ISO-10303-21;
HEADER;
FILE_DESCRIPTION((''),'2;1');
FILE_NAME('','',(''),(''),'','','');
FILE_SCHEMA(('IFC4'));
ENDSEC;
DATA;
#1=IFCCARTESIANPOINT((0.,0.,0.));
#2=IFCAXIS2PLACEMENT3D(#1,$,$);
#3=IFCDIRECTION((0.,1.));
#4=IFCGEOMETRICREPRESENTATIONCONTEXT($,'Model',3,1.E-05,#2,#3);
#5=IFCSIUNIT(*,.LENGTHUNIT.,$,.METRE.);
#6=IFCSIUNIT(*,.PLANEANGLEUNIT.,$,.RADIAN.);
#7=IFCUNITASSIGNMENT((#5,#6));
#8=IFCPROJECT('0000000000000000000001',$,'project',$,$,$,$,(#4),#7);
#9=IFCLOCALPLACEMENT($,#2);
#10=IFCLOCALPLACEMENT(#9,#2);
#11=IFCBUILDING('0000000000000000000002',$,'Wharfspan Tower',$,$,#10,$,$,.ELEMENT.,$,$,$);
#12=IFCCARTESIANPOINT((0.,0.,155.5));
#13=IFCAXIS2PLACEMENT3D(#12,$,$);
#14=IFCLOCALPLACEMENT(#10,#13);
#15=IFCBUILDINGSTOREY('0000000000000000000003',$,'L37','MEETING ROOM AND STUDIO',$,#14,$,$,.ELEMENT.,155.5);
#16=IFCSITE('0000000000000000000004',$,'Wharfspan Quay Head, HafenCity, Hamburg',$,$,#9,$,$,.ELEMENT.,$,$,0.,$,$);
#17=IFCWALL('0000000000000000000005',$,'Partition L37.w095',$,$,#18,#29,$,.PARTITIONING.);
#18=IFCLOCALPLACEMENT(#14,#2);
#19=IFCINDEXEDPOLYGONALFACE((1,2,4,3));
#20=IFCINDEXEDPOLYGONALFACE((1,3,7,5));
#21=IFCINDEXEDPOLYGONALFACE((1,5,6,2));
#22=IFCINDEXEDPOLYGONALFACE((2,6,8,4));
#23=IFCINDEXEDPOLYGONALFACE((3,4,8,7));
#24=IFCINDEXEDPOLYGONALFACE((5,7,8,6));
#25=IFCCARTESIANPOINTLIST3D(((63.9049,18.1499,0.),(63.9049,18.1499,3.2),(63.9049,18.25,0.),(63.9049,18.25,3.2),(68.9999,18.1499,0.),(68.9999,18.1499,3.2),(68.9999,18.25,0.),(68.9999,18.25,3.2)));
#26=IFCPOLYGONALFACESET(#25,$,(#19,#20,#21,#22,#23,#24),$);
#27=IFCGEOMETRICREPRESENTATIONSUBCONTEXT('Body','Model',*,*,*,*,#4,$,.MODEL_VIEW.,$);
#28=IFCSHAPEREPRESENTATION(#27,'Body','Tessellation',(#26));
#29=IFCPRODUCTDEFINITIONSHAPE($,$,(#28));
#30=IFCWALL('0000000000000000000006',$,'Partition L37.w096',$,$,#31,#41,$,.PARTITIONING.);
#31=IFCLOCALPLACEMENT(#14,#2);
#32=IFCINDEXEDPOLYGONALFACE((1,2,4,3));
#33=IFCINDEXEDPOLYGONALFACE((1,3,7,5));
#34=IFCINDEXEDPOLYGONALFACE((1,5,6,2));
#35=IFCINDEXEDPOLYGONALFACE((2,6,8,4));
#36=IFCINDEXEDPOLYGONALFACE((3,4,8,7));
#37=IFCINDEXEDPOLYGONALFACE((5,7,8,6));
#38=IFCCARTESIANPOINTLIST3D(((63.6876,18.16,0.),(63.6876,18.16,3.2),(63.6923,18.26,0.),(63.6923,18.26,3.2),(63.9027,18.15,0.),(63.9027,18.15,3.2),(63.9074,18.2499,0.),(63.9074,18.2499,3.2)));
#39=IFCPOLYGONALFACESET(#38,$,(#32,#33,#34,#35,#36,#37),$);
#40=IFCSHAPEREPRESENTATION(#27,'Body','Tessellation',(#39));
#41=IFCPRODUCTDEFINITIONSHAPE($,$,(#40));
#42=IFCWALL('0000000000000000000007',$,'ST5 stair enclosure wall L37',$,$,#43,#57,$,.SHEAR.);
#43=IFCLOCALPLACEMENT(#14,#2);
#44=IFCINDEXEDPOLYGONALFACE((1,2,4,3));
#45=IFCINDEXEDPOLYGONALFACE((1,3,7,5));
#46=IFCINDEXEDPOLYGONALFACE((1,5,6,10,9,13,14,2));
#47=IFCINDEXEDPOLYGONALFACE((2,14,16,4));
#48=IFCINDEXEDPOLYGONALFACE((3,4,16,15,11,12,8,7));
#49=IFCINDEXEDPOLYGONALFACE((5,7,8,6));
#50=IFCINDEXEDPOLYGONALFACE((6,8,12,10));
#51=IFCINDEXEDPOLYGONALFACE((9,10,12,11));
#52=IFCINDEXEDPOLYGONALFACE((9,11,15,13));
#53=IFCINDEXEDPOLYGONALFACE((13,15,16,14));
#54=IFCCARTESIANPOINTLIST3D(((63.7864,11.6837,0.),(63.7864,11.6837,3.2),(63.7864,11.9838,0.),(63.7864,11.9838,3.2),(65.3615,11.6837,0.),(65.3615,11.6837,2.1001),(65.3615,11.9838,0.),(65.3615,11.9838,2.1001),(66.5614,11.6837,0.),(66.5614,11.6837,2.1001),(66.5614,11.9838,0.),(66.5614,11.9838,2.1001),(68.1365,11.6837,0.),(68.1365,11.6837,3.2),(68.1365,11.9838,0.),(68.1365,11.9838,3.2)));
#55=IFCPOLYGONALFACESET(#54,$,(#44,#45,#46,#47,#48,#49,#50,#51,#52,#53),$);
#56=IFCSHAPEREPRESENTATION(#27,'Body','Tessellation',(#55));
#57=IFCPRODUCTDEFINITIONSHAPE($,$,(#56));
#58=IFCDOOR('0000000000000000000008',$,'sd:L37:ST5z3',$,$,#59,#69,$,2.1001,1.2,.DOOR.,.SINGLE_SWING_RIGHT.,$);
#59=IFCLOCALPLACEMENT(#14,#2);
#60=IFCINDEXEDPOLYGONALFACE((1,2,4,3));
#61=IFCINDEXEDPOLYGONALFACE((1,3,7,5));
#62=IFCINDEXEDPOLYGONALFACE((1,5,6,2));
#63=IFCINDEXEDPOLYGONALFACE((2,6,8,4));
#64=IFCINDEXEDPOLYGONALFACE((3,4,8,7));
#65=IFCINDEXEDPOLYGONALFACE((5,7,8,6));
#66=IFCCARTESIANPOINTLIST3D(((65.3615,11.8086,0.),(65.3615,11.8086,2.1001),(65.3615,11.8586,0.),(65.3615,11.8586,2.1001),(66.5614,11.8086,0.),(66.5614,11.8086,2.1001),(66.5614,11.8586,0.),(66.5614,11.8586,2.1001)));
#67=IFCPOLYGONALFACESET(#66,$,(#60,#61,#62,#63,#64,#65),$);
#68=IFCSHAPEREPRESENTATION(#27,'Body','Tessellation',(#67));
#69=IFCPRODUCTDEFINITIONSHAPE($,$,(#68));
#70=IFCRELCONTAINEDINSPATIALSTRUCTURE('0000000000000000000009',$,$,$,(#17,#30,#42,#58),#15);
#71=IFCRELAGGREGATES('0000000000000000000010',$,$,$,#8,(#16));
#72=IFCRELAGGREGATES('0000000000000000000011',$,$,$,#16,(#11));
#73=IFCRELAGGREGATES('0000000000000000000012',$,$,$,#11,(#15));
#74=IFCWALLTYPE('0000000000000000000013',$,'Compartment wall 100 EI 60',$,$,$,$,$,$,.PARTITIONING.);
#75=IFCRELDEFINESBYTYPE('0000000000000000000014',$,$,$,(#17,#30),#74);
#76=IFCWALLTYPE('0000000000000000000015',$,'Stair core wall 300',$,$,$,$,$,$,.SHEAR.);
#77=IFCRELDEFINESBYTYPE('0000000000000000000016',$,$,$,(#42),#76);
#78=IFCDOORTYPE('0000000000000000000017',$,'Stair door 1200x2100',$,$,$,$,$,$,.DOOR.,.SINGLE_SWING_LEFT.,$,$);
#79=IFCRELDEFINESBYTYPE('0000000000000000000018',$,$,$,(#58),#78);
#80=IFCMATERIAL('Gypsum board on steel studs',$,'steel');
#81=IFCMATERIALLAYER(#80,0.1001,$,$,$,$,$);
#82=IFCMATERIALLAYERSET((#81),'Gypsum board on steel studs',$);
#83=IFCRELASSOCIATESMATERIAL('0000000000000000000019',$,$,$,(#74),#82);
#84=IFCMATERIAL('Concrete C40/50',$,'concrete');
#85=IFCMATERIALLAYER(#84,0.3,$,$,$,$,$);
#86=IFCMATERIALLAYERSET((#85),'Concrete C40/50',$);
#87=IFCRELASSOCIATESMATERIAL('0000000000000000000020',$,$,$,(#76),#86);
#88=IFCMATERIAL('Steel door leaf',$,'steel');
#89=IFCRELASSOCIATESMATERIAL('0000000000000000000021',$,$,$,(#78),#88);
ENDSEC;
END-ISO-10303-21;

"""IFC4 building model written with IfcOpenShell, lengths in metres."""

from ifc_helpers import new_model, si_unit, direction, frame, frame_2d, origin, place, context, subcontext, project, spatial, rectangle, extrude, material, layer, layer_set, type_object, element, fill, save


model = new_model("IFC4")

# Units and contexts
model_context = context("Model", 3, precision=1e-05, world=origin(), true_north=direction((0.0, 1.0)))
body_context = subcontext(model_context, "Body", "Model", "MODEL_VIEW")
ifc_project = project(units=[si_unit("LENGTHUNIT", "METRE"), si_unit("PLANEANGLEUNIT", "RADIAN")], contexts=[model_context])

# Site, building, storey
site_placement = place(None, origin())
site = spatial("IfcSite", under=ifc_project, at=site_placement, Name="Wharfspan Quay Head, HafenCity, Hamburg", CompositionType="ELEMENT", RefElevation=0.0)
building_placement = place(site_placement, origin())
building = spatial("IfcBuilding", under=site, at=building_placement, Name="Wharfspan Tower", CompositionType="ELEMENT")
storey_placement = place(building_placement, frame((0.0, 0.0, 155.5)))
storey = spatial("IfcBuildingStorey", under=building, at=storey_placement, Name="L37", Description="MEETING ROOM AND STUDIO", CompositionType="ELEMENT", Elevation=155.5)

# Walls
ifc_material_1 = material(Name="Gypsum board on steel studs", Category="steel")
ifc_layer_1 = layer(ifc_material_1, 0.1001)
ifc_layer_set_1 = layer_set([ifc_layer_1], Name="Gypsum board on steel studs")
wall_type_1 = type_object("IfcWallType", Name="Compartment wall 100 EI 60", PredefinedType="PARTITIONING", material=ifc_layer_set_1)
wall_1_placement = place(storey_placement, frame((63.905, 18.2, 0.0), z_axis=(0.0, 0.0, 1.0), x_axis=(1.0, 0.0, 0.0)))
element("IfcWall", 1, at=wall_1_placement, inside=storey, type_object=wall_type_1, Name="Partition L37.w095", PredefinedType="PARTITIONING", context=body_context, shape_type="SweptSolid", body=[
    extrude(rectangle(XDim=5.095, YDim=0.1001, at=frame_2d((2.5474, 0.0))), origin(), (0.0, 0.0, 1.0), 3.2),
])
wall_2_placement = place(storey_placement, frame((63.905, 18.2, 0.0), z_axis=(0.0, 0.0, 1.0), x_axis=(-0.998923, 0.046488, 0.0)))
element("IfcWall", 2, at=wall_2_placement, inside=storey, type_object=wall_type_1, Name="Partition L37.w096", PredefinedType="PARTITIONING", context=body_context, shape_type="SweptSolid", body=[
    extrude(rectangle(XDim=0.2153, YDim=0.1001, at=frame_2d((0.1077, 0.0))), origin(), (0.0, 0.0, 1.0), 3.2),
])

# Wall, opening, door
ifc_material_2 = material(Name="Concrete C40/50", Category="concrete")
ifc_layer_2 = layer(ifc_material_2, 0.3)
ifc_layer_set_2 = layer_set([ifc_layer_2], Name="Concrete C40/50")
wall_type_2 = type_object("IfcWallType", Name="Stair core wall 300", PredefinedType="SHEAR", material=ifc_layer_set_2)
wall_3_placement = place(storey_placement, frame((63.7864, 11.8337, 0.0), z_axis=(0.0, 0.0, 1.0), x_axis=(1.0, 0.0, 0.0)))
wall_3 = element("IfcWall", 3, at=wall_3_placement, inside=storey, type_object=wall_type_2, Name="ST5 stair enclosure wall L37", PredefinedType="SHEAR", context=body_context, shape_type="SweptSolid", body=[
    extrude(rectangle(XDim=4.3501, YDim=0.3, at=frame_2d((2.175, 0.0))), origin(), (0.0, 0.0, 1.0), 3.2),
])
opening_placement = place(wall_3_placement, frame((1.575, 0.0, 0.0)))
opening = element("IfcOpeningElement", 4, at=opening_placement, cuts=wall_3, PredefinedType="OPENING", context=body_context, shape_type="SweptSolid", body=[
    extrude(rectangle(XDim=1.2, YDim=2.1001, at=frame_2d((0.6001, 1.05))), frame((0.0, 0.1599, 0.0), z_axis=(0.0, -1.0, 0.0), x_axis=(1.0, 0.0, 0.0)), (0.0, 0.0, 1.0), 0.3201),
])
ifc_material_3 = material(Name="Steel door leaf", Category="steel")
door_type = type_object("IfcDoorType", Name="Stair door 1200x2100", OperationType="SINGLE_SWING_LEFT", PredefinedType="DOOR", material=ifc_material_3)
door_placement = place(opening_placement, origin())
door = element("IfcDoor", 5, at=door_placement, inside=storey, type_object=door_type, Name="sd:L37:ST5z3", OperationType="SINGLE_SWING_RIGHT", OverallHeight=2.1001, OverallWidth=1.2, PredefinedType="DOOR", context=body_context, shape_type="SweptSolid", body=[
    extrude(rectangle(XDim=1.2, YDim=2.1001, at=frame_2d((0.6001, 1.05))), frame((0.0, 0.0249, 0.0), z_axis=(0.0, -1.0, 0.0), x_axis=(1.0, 0.0, 0.0)), (0.0, 0.0, 1.0), 0.05),
])
fill(opening, door)

save(model, "model.ifc")
